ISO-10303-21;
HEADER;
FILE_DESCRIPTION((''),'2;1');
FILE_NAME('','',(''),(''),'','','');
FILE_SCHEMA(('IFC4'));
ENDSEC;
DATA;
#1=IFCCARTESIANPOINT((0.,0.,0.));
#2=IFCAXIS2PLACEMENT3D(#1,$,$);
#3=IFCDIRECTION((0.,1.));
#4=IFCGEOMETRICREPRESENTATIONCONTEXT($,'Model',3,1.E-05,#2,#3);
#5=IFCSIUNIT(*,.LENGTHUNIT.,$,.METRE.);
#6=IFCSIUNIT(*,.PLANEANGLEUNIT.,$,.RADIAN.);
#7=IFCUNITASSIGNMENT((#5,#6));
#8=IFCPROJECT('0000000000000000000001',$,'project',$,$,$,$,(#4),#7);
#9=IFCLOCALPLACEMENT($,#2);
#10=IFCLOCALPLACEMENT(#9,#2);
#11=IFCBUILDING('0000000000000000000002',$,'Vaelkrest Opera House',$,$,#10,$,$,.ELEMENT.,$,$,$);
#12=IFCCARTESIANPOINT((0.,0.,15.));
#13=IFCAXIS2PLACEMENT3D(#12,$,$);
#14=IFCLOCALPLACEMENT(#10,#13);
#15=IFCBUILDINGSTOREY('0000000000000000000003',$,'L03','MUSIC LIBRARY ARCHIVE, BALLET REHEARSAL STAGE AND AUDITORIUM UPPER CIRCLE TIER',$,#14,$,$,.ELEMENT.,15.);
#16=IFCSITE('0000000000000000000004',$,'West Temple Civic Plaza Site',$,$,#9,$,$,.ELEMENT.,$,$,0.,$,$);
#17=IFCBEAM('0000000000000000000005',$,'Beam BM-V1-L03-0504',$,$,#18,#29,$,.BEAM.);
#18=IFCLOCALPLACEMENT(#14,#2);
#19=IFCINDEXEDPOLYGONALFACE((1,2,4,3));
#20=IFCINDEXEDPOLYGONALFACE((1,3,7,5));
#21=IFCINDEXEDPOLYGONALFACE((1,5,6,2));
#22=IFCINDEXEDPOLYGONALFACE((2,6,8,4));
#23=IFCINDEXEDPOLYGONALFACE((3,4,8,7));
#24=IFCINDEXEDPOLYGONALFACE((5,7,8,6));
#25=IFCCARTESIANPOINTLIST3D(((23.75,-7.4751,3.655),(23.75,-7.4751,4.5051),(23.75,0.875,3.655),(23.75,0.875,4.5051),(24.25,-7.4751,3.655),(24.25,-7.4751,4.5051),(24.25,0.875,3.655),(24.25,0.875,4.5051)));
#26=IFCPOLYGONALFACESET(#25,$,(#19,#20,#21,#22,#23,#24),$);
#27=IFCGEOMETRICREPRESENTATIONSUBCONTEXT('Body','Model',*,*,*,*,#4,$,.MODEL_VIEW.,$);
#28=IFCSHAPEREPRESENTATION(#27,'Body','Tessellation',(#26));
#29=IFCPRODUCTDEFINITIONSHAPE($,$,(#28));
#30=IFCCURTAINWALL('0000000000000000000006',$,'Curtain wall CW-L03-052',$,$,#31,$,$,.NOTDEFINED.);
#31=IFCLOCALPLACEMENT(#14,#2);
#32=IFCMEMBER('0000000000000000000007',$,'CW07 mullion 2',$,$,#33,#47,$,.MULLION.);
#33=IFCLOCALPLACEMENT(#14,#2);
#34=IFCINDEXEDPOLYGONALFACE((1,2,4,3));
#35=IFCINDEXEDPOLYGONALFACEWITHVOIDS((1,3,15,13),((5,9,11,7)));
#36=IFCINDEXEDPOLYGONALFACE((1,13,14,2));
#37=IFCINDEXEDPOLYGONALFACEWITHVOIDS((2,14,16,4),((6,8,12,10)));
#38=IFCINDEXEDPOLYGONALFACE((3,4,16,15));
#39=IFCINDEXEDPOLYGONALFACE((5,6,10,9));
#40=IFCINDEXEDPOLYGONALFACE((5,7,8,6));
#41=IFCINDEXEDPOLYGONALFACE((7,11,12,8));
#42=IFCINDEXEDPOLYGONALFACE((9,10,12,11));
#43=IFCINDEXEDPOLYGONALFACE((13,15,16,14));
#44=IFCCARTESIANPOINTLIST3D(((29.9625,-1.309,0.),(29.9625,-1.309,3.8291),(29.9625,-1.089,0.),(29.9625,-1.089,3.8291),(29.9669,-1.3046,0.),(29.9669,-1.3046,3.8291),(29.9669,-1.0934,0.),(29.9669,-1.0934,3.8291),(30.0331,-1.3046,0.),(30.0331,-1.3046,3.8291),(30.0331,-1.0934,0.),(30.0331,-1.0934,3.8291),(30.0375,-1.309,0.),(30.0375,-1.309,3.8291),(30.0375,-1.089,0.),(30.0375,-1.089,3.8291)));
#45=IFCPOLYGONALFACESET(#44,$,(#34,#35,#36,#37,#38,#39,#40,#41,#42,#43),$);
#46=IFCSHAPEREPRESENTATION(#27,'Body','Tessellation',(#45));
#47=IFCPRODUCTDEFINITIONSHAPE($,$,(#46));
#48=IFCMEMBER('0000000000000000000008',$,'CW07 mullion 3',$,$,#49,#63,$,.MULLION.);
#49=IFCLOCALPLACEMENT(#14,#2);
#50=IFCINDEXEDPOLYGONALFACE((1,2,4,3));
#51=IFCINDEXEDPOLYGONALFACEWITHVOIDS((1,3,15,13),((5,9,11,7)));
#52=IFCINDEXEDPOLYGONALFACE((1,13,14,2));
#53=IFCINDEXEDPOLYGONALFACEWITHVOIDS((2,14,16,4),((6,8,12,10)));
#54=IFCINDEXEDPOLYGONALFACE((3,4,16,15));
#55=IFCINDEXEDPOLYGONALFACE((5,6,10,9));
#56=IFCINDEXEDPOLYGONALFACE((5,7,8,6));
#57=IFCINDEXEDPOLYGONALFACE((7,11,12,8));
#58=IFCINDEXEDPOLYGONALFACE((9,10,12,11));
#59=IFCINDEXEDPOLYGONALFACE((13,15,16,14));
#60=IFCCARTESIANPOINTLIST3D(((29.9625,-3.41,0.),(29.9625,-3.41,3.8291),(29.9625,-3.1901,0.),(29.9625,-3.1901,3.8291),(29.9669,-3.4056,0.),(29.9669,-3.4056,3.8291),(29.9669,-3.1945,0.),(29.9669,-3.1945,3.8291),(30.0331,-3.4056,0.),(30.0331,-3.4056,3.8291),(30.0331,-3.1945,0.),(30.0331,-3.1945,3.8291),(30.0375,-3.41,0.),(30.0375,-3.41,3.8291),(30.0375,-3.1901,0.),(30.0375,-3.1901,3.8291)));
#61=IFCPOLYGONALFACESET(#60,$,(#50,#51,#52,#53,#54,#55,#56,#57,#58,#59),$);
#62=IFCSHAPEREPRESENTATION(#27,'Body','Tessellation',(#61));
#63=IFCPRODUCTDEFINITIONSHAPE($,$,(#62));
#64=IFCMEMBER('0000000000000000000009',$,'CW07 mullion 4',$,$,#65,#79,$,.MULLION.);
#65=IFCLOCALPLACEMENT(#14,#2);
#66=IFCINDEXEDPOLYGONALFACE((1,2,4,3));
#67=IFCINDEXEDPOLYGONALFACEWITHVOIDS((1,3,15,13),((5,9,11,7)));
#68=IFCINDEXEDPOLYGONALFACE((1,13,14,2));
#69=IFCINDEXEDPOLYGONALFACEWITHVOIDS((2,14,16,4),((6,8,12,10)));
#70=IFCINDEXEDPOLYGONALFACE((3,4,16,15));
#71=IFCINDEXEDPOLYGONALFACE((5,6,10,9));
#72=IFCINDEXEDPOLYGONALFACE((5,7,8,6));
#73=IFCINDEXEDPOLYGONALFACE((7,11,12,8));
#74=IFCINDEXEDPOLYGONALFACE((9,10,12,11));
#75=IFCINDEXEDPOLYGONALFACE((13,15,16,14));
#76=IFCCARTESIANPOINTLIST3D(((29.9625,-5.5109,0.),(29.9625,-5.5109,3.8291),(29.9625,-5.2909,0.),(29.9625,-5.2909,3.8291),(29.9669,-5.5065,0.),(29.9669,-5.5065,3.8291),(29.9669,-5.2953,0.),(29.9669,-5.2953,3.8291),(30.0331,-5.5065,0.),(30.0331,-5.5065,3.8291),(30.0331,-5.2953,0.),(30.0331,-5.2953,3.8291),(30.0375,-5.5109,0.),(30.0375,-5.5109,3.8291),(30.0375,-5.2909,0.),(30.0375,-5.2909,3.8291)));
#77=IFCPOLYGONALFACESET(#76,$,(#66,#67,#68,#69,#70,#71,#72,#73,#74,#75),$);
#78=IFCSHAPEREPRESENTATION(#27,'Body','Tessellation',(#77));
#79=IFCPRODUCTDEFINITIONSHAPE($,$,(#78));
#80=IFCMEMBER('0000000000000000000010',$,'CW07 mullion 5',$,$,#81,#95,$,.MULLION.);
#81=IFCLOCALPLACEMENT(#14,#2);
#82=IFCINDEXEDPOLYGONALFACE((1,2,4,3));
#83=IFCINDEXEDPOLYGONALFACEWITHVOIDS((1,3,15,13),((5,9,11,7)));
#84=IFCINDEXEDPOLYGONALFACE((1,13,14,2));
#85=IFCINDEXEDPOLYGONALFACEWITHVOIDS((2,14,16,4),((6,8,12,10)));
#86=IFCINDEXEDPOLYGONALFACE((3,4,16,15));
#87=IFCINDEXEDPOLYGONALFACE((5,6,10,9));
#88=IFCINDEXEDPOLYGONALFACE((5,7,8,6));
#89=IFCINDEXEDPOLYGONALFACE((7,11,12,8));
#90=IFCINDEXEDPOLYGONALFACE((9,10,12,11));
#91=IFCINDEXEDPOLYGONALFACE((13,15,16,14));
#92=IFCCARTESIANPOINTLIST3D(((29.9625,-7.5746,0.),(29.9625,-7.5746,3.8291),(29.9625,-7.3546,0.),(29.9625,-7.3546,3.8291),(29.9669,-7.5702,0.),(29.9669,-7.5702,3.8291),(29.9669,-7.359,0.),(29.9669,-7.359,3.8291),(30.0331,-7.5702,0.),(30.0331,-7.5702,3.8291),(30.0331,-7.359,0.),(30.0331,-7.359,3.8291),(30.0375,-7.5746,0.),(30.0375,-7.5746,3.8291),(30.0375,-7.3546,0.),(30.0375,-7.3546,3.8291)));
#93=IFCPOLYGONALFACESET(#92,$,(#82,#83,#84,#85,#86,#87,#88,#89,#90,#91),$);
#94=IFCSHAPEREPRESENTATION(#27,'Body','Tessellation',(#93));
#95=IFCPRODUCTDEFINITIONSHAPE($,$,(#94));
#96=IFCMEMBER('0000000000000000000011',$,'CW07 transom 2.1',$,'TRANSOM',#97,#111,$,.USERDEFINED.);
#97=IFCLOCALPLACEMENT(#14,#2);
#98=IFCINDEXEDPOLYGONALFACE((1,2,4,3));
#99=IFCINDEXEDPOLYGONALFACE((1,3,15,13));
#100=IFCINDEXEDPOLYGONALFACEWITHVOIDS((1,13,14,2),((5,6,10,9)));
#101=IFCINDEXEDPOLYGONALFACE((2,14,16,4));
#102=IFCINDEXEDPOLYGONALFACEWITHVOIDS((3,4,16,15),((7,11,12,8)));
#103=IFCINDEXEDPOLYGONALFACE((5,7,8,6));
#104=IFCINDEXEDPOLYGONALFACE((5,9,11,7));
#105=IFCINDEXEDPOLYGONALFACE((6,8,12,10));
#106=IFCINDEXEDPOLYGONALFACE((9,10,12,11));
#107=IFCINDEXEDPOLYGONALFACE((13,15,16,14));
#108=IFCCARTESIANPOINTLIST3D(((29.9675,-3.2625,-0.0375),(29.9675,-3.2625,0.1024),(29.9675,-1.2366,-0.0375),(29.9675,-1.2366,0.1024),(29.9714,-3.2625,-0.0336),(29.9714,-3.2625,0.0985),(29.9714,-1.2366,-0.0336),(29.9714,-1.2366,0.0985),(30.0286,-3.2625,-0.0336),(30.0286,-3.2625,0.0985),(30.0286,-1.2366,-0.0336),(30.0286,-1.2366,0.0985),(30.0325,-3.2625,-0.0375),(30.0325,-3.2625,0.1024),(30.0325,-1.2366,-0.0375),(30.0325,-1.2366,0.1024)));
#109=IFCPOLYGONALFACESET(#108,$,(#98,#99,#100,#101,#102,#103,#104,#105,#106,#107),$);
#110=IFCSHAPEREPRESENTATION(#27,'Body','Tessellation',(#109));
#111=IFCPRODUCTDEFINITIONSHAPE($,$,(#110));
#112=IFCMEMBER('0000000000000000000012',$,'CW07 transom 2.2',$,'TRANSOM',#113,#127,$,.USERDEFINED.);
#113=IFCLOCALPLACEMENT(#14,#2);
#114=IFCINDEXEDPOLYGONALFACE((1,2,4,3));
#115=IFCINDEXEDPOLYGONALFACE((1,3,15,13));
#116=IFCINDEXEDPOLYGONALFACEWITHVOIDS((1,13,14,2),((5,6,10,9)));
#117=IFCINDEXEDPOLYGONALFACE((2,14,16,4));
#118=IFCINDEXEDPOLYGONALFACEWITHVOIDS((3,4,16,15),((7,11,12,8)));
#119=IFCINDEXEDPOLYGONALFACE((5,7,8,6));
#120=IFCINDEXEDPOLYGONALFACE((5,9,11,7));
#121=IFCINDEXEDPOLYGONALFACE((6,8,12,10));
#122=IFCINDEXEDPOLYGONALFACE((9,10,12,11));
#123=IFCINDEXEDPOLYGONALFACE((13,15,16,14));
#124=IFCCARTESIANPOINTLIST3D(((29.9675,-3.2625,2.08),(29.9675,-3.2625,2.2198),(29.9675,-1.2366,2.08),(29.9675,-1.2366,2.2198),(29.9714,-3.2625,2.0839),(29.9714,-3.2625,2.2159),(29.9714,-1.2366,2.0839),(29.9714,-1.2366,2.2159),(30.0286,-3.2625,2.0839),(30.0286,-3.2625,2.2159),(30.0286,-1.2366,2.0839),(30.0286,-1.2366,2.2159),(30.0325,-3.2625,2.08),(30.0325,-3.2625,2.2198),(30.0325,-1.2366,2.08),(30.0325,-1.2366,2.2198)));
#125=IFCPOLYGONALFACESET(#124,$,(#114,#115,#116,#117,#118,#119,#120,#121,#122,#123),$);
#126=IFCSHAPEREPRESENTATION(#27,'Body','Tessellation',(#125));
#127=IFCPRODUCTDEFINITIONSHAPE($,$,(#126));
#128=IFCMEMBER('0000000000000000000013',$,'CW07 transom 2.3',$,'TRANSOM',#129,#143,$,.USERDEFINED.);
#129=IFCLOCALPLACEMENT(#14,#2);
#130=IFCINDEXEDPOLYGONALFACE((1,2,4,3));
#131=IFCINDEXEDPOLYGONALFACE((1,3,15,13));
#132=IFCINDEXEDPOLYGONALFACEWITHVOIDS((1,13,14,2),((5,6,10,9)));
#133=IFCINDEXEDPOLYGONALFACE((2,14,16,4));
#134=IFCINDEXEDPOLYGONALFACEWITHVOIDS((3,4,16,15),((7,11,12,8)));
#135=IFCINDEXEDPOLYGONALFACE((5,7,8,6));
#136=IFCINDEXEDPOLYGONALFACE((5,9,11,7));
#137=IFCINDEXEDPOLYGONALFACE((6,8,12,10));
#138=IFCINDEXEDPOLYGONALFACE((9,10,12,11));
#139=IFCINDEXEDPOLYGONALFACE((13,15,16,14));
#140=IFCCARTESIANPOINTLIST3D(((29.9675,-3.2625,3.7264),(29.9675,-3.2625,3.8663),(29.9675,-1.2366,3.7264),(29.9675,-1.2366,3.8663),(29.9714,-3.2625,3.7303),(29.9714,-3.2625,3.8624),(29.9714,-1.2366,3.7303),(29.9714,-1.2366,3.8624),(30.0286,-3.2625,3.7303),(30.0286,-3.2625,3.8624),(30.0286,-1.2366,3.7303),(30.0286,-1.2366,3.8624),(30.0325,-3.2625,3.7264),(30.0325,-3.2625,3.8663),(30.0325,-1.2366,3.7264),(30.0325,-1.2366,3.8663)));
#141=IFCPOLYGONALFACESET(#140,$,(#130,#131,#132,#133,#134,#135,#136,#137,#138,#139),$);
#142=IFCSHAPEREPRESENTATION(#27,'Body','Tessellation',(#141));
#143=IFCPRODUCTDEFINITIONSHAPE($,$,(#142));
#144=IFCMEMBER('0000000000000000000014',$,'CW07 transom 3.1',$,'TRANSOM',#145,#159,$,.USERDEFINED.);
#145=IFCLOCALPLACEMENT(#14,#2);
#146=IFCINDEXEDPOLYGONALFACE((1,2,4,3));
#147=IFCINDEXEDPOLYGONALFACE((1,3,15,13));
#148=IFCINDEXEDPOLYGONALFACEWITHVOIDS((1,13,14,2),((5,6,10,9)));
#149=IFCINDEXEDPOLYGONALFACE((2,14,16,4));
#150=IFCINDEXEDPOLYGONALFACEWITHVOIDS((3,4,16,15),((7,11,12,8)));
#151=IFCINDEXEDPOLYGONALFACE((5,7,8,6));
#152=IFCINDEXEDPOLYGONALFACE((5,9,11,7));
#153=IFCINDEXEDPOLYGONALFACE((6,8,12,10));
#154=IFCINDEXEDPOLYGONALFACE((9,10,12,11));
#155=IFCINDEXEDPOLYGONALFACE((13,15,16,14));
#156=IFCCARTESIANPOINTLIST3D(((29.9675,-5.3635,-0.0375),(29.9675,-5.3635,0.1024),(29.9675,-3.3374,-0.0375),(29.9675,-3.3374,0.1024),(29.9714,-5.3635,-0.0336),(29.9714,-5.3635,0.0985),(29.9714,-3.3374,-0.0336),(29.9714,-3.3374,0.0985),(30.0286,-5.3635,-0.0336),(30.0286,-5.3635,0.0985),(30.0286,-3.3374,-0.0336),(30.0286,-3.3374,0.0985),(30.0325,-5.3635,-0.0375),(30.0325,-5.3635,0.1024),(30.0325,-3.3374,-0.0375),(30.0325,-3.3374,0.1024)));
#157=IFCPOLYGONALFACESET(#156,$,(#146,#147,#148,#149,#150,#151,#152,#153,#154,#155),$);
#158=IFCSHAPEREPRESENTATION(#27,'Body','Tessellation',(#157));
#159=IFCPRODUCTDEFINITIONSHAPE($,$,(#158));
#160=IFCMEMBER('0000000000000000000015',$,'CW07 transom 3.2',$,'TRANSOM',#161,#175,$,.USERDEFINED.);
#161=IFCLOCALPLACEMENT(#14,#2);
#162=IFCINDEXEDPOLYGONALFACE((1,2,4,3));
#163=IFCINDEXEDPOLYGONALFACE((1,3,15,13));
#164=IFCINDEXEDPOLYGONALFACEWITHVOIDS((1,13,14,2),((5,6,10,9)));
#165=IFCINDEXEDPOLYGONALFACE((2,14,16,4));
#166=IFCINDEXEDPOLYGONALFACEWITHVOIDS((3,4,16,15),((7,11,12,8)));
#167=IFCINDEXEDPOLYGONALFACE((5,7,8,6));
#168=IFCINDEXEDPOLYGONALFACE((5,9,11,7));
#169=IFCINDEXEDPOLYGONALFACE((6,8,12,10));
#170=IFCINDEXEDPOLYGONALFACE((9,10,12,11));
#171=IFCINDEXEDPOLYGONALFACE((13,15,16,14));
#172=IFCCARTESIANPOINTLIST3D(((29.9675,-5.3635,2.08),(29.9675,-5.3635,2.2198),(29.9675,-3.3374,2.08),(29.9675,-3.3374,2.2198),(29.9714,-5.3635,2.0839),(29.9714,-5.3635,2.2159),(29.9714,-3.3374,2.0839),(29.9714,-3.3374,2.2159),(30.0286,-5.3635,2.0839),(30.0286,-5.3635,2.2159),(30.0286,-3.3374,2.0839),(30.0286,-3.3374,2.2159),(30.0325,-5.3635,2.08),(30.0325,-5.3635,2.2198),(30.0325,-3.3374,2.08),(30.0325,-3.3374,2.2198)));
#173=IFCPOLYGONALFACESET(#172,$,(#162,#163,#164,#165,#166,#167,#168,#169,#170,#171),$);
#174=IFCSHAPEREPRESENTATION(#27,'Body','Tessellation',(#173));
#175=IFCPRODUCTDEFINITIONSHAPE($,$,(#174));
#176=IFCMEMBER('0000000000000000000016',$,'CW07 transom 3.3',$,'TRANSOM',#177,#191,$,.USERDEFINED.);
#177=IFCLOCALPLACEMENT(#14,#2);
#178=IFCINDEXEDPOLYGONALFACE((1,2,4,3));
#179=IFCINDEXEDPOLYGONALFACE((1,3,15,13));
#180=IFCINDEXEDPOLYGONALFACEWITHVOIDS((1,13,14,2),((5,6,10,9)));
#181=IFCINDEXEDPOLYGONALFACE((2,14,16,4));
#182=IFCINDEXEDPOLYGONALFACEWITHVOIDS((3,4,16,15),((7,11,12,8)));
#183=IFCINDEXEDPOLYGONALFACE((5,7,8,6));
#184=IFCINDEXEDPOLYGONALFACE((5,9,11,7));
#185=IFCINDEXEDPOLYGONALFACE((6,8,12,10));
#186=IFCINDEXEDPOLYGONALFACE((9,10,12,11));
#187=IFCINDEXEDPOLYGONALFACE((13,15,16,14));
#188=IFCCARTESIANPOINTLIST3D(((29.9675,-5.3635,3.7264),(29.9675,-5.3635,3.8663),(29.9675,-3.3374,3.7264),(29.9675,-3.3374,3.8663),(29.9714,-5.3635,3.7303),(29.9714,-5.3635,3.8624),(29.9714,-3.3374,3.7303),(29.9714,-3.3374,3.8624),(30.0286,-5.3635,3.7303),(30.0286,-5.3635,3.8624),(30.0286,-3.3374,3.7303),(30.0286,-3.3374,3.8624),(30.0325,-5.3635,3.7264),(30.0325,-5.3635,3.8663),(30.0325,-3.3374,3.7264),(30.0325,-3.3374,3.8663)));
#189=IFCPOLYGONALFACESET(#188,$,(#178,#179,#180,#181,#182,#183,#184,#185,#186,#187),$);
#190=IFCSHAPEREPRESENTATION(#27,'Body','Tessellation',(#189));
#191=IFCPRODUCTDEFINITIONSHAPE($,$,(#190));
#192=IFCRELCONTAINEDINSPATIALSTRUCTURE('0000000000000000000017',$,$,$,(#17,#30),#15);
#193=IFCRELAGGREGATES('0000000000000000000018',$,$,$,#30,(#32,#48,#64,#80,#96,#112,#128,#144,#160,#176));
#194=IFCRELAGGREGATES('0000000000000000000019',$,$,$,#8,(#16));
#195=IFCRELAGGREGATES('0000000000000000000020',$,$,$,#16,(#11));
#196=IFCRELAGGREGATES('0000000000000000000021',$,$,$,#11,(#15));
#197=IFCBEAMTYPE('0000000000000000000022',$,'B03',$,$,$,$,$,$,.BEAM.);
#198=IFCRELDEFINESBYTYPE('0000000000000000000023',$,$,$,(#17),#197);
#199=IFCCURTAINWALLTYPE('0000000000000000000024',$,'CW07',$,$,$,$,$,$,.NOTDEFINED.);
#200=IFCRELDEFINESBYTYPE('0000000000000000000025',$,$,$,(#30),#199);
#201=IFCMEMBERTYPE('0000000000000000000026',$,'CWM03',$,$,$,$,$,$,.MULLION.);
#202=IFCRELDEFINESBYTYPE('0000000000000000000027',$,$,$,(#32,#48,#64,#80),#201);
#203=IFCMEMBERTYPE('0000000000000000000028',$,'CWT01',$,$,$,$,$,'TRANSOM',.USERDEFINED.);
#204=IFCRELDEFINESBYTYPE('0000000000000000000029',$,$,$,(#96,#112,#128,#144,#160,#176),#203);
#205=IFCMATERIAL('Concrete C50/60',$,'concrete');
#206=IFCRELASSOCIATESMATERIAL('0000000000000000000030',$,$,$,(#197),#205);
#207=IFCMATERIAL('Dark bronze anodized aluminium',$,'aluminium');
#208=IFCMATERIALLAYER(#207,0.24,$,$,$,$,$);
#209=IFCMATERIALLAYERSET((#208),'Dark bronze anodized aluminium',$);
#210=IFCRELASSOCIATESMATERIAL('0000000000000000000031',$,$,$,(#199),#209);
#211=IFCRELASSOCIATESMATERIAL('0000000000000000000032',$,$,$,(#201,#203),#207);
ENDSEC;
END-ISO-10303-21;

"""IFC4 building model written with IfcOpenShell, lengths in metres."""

from ifc_helpers import new_model, si_unit, direction, frame, origin, origin_2d, place, context, subcontext, project, spatial, rectangle, hollow_rectangle, extrude, material, layer, layer_set, material_profile, profile_set, type_object, element, aggregate, save


model = new_model("IFC4")

# Units and contexts
model_context = context("Model", 3, precision=1e-05, world=origin(), true_north=direction((0.0, 1.0)))
body_context = subcontext(model_context, "Body", "Model", "MODEL_VIEW")
ifc_project = project(units=[si_unit("LENGTHUNIT", "METRE"), si_unit("PLANEANGLEUNIT", "RADIAN")], contexts=[model_context])

# Site, building, storey
site_placement = place(None, origin())
site = spatial("IfcSite", under=ifc_project, at=site_placement, Name="West Temple Civic Plaza Site", CompositionType="ELEMENT", RefElevation=0.0)
building_placement = place(site_placement, origin())
building = spatial("IfcBuilding", under=site, at=building_placement, Name="Vaelkrest Opera House", CompositionType="ELEMENT")
storey_placement = place(building_placement, frame((0.0, 0.0, 15.0)))
storey = spatial("IfcBuildingStorey", under=building, at=storey_placement, Name="L03", Description="MUSIC LIBRARY ARCHIVE, BALLET REHEARSAL STAGE AND AUDITORIUM UPPER CIRCLE TIER", CompositionType="ELEMENT", Elevation=15.0)

# Beam
ifc_material_1 = material(Name="Concrete C50/60", Category="concrete")
ifc_material_profile_1 = material_profile(ifc_material_1, rectangle(XDim=0.5, YDim=0.8501, at=origin_2d()), Name="RCB500X850")
ifc_profile_set_1 = profile_set([ifc_material_profile_1], Name="Concrete C50/60")
beam_type_1 = type_object("IfcBeamType", Name="B03", PredefinedType="BEAM", material=ifc_profile_set_1)
beam_1_placement = place(storey_placement, frame((24.0, -7.4751, 4.0801), z_axis=(0.0, 1.0, 0.0), x_axis=(-1.0, 0.0, 0.0)))
element("IfcBeam", 1, at=beam_1_placement, inside=storey, type_object=beam_type_1, Name="Beam BM-V1-L03-0504", PredefinedType="BEAM", context=body_context, shape_type="SweptSolid", body=[
    extrude(rectangle(XDim=0.5, YDim=0.8501, at=origin_2d()), origin(), (0.0, 0.0, 1.0), 8.3501),
])

# Curtain wall, members
ifc_material_2 = material(Name="Dark bronze anodized aluminium", Category="aluminium")
ifc_layer_1 = layer(ifc_material_2, 0.24)
ifc_layer_set_1 = layer_set([ifc_layer_1], Name="Dark bronze anodized aluminium")
curtain_wall_type = type_object("IfcCurtainWallType", Name="CW07", PredefinedType="NOTDEFINED", material=ifc_layer_set_1)
curtain_wall_placement = place(storey_placement, origin())
curtain_wall = element("IfcCurtainWall", 2, at=curtain_wall_placement, inside=storey, type_object=curtain_wall_type, Name="Curtain wall CW-L03-052", PredefinedType="NOTDEFINED")
ifc_material_profile_2 = material_profile(ifc_material_2, hollow_rectangle(XDim=0.075, YDim=0.22, WallThickness=0.0044, at=origin_2d()), Name="CWM75X220")
ifc_profile_set_2 = profile_set([ifc_material_profile_2], Name="Dark bronze anodized aluminium")
member_type_1 = type_object("IfcMemberType", Name="CWM03", PredefinedType="MULLION", material=ifc_profile_set_2)
member_1_placement = place(storey_placement, frame((30.0, -1.199, 0.0), z_axis=(0.0, 0.0, 1.0), x_axis=(1.0, 0.0, 0.0)))
member_1 = element("IfcMember", 3, at=member_1_placement, type_object=member_type_1, Name="CW07 mullion 2", PredefinedType="MULLION", context=body_context, shape_type="SweptSolid", body=[
    extrude(hollow_rectangle(XDim=0.075, YDim=0.22, WallThickness=0.0044, at=origin_2d()), origin(), (0.0, 0.0, 1.0), 3.8291),
])
member_2_placement = place(storey_placement, frame((30.0, -3.3, 0.0), z_axis=(0.0, 0.0, 1.0), x_axis=(1.0, 0.0, 0.0)))
member_2 = element("IfcMember", 4, at=member_2_placement, type_object=member_type_1, Name="CW07 mullion 3", PredefinedType="MULLION", context=body_context, shape_type="SweptSolid", body=[
    extrude(hollow_rectangle(XDim=0.075, YDim=0.22, WallThickness=0.0044, at=origin_2d()), origin(), (0.0, 0.0, 1.0), 3.8291),
])
member_3_placement = place(storey_placement, frame((30.0, -5.4009, 0.0), z_axis=(0.0, 0.0, 1.0), x_axis=(1.0, 0.0, 0.0)))
member_3 = element("IfcMember", 5, at=member_3_placement, type_object=member_type_1, Name="CW07 mullion 4", PredefinedType="MULLION", context=body_context, shape_type="SweptSolid", body=[
    extrude(hollow_rectangle(XDim=0.075, YDim=0.22, WallThickness=0.0044, at=origin_2d()), origin(), (0.0, 0.0, 1.0), 3.8291),
])
member_4_placement = place(storey_placement, frame((30.0, -7.4646, 0.0), z_axis=(0.0, 0.0, 1.0), x_axis=(1.0, 0.0, 0.0)))
member_4 = element("IfcMember", 6, at=member_4_placement, type_object=member_type_1, Name="CW07 mullion 5", PredefinedType="MULLION", context=body_context, shape_type="SweptSolid", body=[
    extrude(hollow_rectangle(XDim=0.075, YDim=0.22, WallThickness=0.0044, at=origin_2d()), origin(), (0.0, 0.0, 1.0), 3.8291),
])
ifc_material_profile_3 = material_profile(ifc_material_2, hollow_rectangle(XDim=0.0649, YDim=0.1399, WallThickness=0.0039, at=origin_2d()), Name="CWT65X140")
ifc_profile_set_3 = profile_set([ifc_material_profile_3], Name="Dark bronze anodized aluminium")
member_type_2 = type_object("IfcMemberType", Name="CWT01", ElementType="TRANSOM", PredefinedType="USERDEFINED", material=ifc_profile_set_3)
member_5_placement = place(storey_placement, frame((30.0, -1.2366, 0.0325), z_axis=(0.0, -1.0, 0.0), x_axis=(1.0, 0.0, 0.0)))
member_5 = element("IfcMember", 7, at=member_5_placement, type_object=member_type_2, Name="CW07 transom 2.1", ObjectType="TRANSOM", PredefinedType="USERDEFINED", context=body_context, shape_type="SweptSolid", body=[
    extrude(hollow_rectangle(XDim=0.0649, YDim=0.1399, WallThickness=0.0039, at=origin_2d()), origin(), (0.0, 0.0, 1.0), 2.0259),
])
member_6_placement = place(storey_placement, frame((30.0, -1.2366, 2.1499), z_axis=(0.0, -1.0, 0.0), x_axis=(1.0, 0.0, 0.0)))
member_6 = element("IfcMember", 8, at=member_6_placement, type_object=member_type_2, Name="CW07 transom 2.2", ObjectType="TRANSOM", PredefinedType="USERDEFINED", context=body_context, shape_type="SweptSolid", body=[
    extrude(hollow_rectangle(XDim=0.0649, YDim=0.1399, WallThickness=0.0039, at=origin_2d()), origin(), (0.0, 0.0, 1.0), 2.0259),
])
member_7_placement = place(storey_placement, frame((30.0, -1.2366, 3.7964), z_axis=(0.0, -1.0, 0.0), x_axis=(1.0, 0.0, 0.0)))
member_7 = element("IfcMember", 9, at=member_7_placement, type_object=member_type_2, Name="CW07 transom 2.3", ObjectType="TRANSOM", PredefinedType="USERDEFINED", context=body_context, shape_type="SweptSolid", body=[
    extrude(hollow_rectangle(XDim=0.0649, YDim=0.1399, WallThickness=0.0039, at=origin_2d()), origin(), (0.0, 0.0, 1.0), 2.0259),
])
member_8_placement = place(storey_placement, frame((30.0, -3.3374, 0.0325), z_axis=(0.0, -1.0, 0.0), x_axis=(1.0, 0.0, 0.0)))
member_8 = element("IfcMember", 10, at=member_8_placement, type_object=member_type_2, Name="CW07 transom 3.1", ObjectType="TRANSOM", PredefinedType="USERDEFINED", context=body_context, shape_type="SweptSolid", body=[
    extrude(hollow_rectangle(XDim=0.0649, YDim=0.1399, WallThickness=0.0039, at=origin_2d()), origin(), (0.0, 0.0, 1.0), 2.0261),
])
member_9_placement = place(storey_placement, frame((30.0, -3.3374, 2.1499), z_axis=(0.0, -1.0, 0.0), x_axis=(1.0, 0.0, 0.0)))
member_9 = element("IfcMember", 11, at=member_9_placement, type_object=member_type_2, Name="CW07 transom 3.2", ObjectType="TRANSOM", PredefinedType="USERDEFINED", context=body_context, shape_type="SweptSolid", body=[
    extrude(hollow_rectangle(XDim=0.0649, YDim=0.1399, WallThickness=0.0039, at=origin_2d()), origin(), (0.0, 0.0, 1.0), 2.0261),
])
member_10_placement = place(storey_placement, frame((30.0, -3.3374, 3.7964), z_axis=(0.0, -1.0, 0.0), x_axis=(1.0, 0.0, 0.0)))
member_10 = element("IfcMember", 12, at=member_10_placement, type_object=member_type_2, Name="CW07 transom 3.3", ObjectType="TRANSOM", PredefinedType="USERDEFINED", context=body_context, shape_type="SweptSolid", body=[
    extrude(hollow_rectangle(XDim=0.0649, YDim=0.1399, WallThickness=0.0039, at=origin_2d()), origin(), (0.0, 0.0, 1.0), 2.0261),
])

aggregate(curtain_wall, [member_1, member_2, member_3, member_4, member_5, member_6, member_7, member_8, member_9, member_10])

save(model, "model.ifc")
